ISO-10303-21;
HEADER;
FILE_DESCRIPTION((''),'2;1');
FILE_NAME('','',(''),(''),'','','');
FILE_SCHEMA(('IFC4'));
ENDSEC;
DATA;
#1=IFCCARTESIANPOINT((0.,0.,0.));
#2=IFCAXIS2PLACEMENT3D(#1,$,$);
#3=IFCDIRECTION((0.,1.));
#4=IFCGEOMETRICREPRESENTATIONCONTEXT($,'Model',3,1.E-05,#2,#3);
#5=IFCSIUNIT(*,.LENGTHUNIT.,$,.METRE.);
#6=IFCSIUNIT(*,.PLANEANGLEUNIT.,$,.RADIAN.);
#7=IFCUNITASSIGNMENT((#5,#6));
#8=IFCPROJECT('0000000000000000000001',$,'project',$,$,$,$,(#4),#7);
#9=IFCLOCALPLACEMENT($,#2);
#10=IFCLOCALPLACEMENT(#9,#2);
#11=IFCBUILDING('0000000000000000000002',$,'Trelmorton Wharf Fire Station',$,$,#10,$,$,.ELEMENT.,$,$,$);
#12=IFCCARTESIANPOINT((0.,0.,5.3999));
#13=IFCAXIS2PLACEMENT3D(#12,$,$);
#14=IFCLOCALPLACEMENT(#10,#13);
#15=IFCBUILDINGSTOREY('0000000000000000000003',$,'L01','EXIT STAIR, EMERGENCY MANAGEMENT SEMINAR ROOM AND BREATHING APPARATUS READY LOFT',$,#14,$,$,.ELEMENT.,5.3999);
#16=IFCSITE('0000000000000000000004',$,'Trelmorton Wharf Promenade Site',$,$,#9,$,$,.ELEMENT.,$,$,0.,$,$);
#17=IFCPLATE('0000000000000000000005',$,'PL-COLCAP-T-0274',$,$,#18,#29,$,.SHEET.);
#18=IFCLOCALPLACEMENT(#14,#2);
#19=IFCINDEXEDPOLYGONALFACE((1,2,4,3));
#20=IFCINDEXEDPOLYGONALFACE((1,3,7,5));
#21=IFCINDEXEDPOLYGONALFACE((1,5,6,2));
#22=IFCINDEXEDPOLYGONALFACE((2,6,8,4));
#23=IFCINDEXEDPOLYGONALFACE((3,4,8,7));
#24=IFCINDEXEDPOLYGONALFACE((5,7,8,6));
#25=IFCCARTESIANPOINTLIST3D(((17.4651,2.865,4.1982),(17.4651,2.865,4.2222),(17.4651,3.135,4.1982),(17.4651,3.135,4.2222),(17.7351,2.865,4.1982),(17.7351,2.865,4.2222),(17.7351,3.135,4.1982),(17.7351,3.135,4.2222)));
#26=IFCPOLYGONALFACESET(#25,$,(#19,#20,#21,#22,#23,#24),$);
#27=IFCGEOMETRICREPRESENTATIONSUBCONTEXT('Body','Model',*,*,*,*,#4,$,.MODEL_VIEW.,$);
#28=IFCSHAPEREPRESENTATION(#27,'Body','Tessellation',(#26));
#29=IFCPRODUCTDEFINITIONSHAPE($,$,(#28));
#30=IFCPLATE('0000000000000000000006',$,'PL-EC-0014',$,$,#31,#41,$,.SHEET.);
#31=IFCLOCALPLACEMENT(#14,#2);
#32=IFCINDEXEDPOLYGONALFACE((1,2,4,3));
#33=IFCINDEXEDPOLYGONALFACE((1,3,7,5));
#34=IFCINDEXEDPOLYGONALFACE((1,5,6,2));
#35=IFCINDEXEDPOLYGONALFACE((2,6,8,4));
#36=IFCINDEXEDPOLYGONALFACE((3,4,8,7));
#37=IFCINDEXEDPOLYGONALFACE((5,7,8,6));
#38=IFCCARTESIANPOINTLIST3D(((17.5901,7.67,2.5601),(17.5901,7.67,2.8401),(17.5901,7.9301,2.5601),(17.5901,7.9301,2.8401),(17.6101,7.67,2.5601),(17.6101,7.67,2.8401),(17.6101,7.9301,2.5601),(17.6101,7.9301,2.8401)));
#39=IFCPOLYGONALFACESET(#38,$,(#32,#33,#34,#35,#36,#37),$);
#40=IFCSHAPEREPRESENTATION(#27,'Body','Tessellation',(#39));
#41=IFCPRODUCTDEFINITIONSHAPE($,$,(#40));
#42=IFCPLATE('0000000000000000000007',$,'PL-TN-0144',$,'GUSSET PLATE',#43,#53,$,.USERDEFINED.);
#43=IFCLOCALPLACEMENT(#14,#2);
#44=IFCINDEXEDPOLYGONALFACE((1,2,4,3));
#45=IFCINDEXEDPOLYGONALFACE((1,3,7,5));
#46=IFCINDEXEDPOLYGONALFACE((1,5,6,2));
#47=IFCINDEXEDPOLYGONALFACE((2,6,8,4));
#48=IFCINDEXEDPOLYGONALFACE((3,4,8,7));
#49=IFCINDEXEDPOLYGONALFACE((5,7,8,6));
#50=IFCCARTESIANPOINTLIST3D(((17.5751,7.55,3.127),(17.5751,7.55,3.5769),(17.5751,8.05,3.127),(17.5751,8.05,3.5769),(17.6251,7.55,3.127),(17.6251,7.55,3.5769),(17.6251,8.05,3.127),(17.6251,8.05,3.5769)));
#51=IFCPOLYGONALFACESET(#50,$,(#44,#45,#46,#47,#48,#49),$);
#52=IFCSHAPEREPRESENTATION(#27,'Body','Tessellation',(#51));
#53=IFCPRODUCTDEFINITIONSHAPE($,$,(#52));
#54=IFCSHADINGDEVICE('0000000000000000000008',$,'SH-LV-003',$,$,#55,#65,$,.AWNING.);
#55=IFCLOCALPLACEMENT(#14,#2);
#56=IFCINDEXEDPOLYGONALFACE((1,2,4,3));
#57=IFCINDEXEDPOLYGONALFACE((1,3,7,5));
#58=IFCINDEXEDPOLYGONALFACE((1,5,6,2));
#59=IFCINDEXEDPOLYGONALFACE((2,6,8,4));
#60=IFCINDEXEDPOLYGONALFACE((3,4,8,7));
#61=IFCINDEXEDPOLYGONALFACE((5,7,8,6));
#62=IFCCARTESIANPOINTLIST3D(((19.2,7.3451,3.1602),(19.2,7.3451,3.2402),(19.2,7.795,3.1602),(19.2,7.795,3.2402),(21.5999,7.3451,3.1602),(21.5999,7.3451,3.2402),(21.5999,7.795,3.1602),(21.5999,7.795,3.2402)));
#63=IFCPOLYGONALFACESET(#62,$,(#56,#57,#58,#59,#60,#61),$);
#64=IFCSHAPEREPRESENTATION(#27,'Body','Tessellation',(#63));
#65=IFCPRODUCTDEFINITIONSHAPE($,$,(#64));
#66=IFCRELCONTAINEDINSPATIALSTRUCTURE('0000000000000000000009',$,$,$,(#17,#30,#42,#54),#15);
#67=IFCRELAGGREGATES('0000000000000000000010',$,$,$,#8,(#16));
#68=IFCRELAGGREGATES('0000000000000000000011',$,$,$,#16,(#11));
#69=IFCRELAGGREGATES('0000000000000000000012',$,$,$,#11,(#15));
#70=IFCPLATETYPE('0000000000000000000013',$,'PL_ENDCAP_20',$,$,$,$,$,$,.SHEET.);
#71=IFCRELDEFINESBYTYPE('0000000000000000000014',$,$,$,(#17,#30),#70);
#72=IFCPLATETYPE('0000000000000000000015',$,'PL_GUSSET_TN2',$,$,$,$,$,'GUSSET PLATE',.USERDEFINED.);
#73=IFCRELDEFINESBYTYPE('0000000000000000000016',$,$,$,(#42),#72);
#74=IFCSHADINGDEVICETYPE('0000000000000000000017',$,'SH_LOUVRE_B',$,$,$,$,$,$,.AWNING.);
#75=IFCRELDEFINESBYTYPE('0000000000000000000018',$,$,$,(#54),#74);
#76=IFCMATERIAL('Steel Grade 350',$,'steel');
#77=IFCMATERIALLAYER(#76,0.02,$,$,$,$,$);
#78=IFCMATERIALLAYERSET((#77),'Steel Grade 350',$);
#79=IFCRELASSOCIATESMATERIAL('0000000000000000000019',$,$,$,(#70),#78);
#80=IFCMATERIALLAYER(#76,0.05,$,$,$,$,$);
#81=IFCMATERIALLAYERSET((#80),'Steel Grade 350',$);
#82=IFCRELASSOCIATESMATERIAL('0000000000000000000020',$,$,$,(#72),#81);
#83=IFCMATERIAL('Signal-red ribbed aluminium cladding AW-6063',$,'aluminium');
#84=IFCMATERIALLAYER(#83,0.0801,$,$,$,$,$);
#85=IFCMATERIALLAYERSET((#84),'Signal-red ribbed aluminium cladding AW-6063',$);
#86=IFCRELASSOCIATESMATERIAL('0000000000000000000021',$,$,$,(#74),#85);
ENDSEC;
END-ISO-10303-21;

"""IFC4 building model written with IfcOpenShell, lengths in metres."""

from ifc_helpers import new_model, si_unit, direction, frame, origin, origin_2d, place, context, subcontext, project, spatial, rectangle, extrude, material, layer, layer_set, type_object, element, save


model = new_model("IFC4")

# Units and contexts
model_context = context("Model", 3, precision=1e-05, world=origin(), true_north=direction((0.0, 1.0)))
body_context = subcontext(model_context, "Body", "Model", "MODEL_VIEW")
ifc_project = project(units=[si_unit("LENGTHUNIT", "METRE"), si_unit("PLANEANGLEUNIT", "RADIAN")], contexts=[model_context])

# Site, building, storey
site_placement = place(None, origin())
site = spatial("IfcSite", under=ifc_project, at=site_placement, Name="Trelmorton Wharf Promenade Site", CompositionType="ELEMENT", RefElevation=0.0)
building_placement = place(site_placement, origin())
building = spatial("IfcBuilding", under=site, at=building_placement, Name="Trelmorton Wharf Fire Station", CompositionType="ELEMENT")
storey_placement = place(building_placement, frame((0.0, 0.0, 5.3999)))
storey = spatial("IfcBuildingStorey", under=building, at=storey_placement, Name="L01", Description="EXIT STAIR, EMERGENCY MANAGEMENT SEMINAR ROOM AND BREATHING APPARATUS READY LOFT", CompositionType="ELEMENT", Elevation=5.3999)

# Shared definitions
ifc_material_1 = material(Name="Steel Grade 350", Category="steel")

# Plates
ifc_layer_1 = layer(ifc_material_1, 0.02)
ifc_layer_set_1 = layer_set([ifc_layer_1], Name="Steel Grade 350")
plate_type_1 = type_object("IfcPlateType", Name="PL_ENDCAP_20", PredefinedType="SHEET", material=ifc_layer_set_1)
plate_1_placement = place(storey_placement, frame((17.6001, 3.0, 4.1982), z_axis=(0.0, 0.0, 1.0), x_axis=(1.0, 0.0, 0.0)))
element("IfcPlate", 1, at=plate_1_placement, inside=storey, type_object=plate_type_1, Name="PL-COLCAP-T-0274", PredefinedType="SHEET", context=body_context, shape_type="SweptSolid", body=[
    extrude(rectangle(XDim=0.27, YDim=0.27, at=origin_2d()), origin(), (0.0, 0.0, 1.0), 0.0239),
])
plate_2_placement = place(storey_placement, frame((17.6001, 7.8, 2.5601), z_axis=(0.0, 0.0, 1.0), x_axis=(1.0, 0.0, 0.0)))
element("IfcPlate", 2, at=plate_2_placement, inside=storey, type_object=plate_type_1, Name="PL-EC-0014", PredefinedType="SHEET", context=body_context, shape_type="SweptSolid", body=[
    extrude(rectangle(XDim=0.02, YDim=0.26, at=origin_2d()), origin(), (0.0, 0.0, 1.0), 0.28),
])
ifc_layer_2 = layer(ifc_material_1, 0.05)
ifc_layer_set_2 = layer_set([ifc_layer_2], Name="Steel Grade 350")
plate_type_2 = type_object("IfcPlateType", Name="PL_GUSSET_TN2", ElementType="GUSSET PLATE", PredefinedType="USERDEFINED", material=ifc_layer_set_2)
plate_3_placement = place(storey_placement, frame((17.6001, 7.8, 3.127), z_axis=(0.0, 0.0, 1.0), x_axis=(1.0, 0.0, 0.0)))
element("IfcPlate", 3, at=plate_3_placement, inside=storey, type_object=plate_type_2, Name="PL-TN-0144", ObjectType="GUSSET PLATE", PredefinedType="USERDEFINED", context=body_context, shape_type="SweptSolid", body=[
    extrude(rectangle(XDim=0.05, YDim=0.5, at=origin_2d()), origin(), (0.0, 0.0, 1.0), 0.45),
])

# Shading device
ifc_material_2 = material(Name="Signal-red ribbed aluminium cladding AW-6063", Category="aluminium")
ifc_layer_3 = layer(ifc_material_2, 0.0801)
ifc_layer_set_3 = layer_set([ifc_layer_3], Name="Signal-red ribbed aluminium cladding AW-6063")
shading_device_type = type_object("IfcShadingDeviceType", Name="SH_LOUVRE_B", PredefinedType="AWNING", material=ifc_layer_set_3)
shading_device_placement = place(storey_placement, frame((20.3999, 7.5701, 3.1602), z_axis=(0.0, 0.0, 1.0), x_axis=(-1.0, 0.0, 0.0)))
element("IfcShadingDevice", 4, at=shading_device_placement, inside=storey, type_object=shading_device_type, Name="SH-LV-003", PredefinedType="AWNING", context=body_context, shape_type="SweptSolid", body=[
    extrude(rectangle(XDim=2.3999, YDim=0.45, at=origin_2d()), origin(), (0.0, 0.0, 1.0), 0.0801),
])

save(model, "model.ifc")
